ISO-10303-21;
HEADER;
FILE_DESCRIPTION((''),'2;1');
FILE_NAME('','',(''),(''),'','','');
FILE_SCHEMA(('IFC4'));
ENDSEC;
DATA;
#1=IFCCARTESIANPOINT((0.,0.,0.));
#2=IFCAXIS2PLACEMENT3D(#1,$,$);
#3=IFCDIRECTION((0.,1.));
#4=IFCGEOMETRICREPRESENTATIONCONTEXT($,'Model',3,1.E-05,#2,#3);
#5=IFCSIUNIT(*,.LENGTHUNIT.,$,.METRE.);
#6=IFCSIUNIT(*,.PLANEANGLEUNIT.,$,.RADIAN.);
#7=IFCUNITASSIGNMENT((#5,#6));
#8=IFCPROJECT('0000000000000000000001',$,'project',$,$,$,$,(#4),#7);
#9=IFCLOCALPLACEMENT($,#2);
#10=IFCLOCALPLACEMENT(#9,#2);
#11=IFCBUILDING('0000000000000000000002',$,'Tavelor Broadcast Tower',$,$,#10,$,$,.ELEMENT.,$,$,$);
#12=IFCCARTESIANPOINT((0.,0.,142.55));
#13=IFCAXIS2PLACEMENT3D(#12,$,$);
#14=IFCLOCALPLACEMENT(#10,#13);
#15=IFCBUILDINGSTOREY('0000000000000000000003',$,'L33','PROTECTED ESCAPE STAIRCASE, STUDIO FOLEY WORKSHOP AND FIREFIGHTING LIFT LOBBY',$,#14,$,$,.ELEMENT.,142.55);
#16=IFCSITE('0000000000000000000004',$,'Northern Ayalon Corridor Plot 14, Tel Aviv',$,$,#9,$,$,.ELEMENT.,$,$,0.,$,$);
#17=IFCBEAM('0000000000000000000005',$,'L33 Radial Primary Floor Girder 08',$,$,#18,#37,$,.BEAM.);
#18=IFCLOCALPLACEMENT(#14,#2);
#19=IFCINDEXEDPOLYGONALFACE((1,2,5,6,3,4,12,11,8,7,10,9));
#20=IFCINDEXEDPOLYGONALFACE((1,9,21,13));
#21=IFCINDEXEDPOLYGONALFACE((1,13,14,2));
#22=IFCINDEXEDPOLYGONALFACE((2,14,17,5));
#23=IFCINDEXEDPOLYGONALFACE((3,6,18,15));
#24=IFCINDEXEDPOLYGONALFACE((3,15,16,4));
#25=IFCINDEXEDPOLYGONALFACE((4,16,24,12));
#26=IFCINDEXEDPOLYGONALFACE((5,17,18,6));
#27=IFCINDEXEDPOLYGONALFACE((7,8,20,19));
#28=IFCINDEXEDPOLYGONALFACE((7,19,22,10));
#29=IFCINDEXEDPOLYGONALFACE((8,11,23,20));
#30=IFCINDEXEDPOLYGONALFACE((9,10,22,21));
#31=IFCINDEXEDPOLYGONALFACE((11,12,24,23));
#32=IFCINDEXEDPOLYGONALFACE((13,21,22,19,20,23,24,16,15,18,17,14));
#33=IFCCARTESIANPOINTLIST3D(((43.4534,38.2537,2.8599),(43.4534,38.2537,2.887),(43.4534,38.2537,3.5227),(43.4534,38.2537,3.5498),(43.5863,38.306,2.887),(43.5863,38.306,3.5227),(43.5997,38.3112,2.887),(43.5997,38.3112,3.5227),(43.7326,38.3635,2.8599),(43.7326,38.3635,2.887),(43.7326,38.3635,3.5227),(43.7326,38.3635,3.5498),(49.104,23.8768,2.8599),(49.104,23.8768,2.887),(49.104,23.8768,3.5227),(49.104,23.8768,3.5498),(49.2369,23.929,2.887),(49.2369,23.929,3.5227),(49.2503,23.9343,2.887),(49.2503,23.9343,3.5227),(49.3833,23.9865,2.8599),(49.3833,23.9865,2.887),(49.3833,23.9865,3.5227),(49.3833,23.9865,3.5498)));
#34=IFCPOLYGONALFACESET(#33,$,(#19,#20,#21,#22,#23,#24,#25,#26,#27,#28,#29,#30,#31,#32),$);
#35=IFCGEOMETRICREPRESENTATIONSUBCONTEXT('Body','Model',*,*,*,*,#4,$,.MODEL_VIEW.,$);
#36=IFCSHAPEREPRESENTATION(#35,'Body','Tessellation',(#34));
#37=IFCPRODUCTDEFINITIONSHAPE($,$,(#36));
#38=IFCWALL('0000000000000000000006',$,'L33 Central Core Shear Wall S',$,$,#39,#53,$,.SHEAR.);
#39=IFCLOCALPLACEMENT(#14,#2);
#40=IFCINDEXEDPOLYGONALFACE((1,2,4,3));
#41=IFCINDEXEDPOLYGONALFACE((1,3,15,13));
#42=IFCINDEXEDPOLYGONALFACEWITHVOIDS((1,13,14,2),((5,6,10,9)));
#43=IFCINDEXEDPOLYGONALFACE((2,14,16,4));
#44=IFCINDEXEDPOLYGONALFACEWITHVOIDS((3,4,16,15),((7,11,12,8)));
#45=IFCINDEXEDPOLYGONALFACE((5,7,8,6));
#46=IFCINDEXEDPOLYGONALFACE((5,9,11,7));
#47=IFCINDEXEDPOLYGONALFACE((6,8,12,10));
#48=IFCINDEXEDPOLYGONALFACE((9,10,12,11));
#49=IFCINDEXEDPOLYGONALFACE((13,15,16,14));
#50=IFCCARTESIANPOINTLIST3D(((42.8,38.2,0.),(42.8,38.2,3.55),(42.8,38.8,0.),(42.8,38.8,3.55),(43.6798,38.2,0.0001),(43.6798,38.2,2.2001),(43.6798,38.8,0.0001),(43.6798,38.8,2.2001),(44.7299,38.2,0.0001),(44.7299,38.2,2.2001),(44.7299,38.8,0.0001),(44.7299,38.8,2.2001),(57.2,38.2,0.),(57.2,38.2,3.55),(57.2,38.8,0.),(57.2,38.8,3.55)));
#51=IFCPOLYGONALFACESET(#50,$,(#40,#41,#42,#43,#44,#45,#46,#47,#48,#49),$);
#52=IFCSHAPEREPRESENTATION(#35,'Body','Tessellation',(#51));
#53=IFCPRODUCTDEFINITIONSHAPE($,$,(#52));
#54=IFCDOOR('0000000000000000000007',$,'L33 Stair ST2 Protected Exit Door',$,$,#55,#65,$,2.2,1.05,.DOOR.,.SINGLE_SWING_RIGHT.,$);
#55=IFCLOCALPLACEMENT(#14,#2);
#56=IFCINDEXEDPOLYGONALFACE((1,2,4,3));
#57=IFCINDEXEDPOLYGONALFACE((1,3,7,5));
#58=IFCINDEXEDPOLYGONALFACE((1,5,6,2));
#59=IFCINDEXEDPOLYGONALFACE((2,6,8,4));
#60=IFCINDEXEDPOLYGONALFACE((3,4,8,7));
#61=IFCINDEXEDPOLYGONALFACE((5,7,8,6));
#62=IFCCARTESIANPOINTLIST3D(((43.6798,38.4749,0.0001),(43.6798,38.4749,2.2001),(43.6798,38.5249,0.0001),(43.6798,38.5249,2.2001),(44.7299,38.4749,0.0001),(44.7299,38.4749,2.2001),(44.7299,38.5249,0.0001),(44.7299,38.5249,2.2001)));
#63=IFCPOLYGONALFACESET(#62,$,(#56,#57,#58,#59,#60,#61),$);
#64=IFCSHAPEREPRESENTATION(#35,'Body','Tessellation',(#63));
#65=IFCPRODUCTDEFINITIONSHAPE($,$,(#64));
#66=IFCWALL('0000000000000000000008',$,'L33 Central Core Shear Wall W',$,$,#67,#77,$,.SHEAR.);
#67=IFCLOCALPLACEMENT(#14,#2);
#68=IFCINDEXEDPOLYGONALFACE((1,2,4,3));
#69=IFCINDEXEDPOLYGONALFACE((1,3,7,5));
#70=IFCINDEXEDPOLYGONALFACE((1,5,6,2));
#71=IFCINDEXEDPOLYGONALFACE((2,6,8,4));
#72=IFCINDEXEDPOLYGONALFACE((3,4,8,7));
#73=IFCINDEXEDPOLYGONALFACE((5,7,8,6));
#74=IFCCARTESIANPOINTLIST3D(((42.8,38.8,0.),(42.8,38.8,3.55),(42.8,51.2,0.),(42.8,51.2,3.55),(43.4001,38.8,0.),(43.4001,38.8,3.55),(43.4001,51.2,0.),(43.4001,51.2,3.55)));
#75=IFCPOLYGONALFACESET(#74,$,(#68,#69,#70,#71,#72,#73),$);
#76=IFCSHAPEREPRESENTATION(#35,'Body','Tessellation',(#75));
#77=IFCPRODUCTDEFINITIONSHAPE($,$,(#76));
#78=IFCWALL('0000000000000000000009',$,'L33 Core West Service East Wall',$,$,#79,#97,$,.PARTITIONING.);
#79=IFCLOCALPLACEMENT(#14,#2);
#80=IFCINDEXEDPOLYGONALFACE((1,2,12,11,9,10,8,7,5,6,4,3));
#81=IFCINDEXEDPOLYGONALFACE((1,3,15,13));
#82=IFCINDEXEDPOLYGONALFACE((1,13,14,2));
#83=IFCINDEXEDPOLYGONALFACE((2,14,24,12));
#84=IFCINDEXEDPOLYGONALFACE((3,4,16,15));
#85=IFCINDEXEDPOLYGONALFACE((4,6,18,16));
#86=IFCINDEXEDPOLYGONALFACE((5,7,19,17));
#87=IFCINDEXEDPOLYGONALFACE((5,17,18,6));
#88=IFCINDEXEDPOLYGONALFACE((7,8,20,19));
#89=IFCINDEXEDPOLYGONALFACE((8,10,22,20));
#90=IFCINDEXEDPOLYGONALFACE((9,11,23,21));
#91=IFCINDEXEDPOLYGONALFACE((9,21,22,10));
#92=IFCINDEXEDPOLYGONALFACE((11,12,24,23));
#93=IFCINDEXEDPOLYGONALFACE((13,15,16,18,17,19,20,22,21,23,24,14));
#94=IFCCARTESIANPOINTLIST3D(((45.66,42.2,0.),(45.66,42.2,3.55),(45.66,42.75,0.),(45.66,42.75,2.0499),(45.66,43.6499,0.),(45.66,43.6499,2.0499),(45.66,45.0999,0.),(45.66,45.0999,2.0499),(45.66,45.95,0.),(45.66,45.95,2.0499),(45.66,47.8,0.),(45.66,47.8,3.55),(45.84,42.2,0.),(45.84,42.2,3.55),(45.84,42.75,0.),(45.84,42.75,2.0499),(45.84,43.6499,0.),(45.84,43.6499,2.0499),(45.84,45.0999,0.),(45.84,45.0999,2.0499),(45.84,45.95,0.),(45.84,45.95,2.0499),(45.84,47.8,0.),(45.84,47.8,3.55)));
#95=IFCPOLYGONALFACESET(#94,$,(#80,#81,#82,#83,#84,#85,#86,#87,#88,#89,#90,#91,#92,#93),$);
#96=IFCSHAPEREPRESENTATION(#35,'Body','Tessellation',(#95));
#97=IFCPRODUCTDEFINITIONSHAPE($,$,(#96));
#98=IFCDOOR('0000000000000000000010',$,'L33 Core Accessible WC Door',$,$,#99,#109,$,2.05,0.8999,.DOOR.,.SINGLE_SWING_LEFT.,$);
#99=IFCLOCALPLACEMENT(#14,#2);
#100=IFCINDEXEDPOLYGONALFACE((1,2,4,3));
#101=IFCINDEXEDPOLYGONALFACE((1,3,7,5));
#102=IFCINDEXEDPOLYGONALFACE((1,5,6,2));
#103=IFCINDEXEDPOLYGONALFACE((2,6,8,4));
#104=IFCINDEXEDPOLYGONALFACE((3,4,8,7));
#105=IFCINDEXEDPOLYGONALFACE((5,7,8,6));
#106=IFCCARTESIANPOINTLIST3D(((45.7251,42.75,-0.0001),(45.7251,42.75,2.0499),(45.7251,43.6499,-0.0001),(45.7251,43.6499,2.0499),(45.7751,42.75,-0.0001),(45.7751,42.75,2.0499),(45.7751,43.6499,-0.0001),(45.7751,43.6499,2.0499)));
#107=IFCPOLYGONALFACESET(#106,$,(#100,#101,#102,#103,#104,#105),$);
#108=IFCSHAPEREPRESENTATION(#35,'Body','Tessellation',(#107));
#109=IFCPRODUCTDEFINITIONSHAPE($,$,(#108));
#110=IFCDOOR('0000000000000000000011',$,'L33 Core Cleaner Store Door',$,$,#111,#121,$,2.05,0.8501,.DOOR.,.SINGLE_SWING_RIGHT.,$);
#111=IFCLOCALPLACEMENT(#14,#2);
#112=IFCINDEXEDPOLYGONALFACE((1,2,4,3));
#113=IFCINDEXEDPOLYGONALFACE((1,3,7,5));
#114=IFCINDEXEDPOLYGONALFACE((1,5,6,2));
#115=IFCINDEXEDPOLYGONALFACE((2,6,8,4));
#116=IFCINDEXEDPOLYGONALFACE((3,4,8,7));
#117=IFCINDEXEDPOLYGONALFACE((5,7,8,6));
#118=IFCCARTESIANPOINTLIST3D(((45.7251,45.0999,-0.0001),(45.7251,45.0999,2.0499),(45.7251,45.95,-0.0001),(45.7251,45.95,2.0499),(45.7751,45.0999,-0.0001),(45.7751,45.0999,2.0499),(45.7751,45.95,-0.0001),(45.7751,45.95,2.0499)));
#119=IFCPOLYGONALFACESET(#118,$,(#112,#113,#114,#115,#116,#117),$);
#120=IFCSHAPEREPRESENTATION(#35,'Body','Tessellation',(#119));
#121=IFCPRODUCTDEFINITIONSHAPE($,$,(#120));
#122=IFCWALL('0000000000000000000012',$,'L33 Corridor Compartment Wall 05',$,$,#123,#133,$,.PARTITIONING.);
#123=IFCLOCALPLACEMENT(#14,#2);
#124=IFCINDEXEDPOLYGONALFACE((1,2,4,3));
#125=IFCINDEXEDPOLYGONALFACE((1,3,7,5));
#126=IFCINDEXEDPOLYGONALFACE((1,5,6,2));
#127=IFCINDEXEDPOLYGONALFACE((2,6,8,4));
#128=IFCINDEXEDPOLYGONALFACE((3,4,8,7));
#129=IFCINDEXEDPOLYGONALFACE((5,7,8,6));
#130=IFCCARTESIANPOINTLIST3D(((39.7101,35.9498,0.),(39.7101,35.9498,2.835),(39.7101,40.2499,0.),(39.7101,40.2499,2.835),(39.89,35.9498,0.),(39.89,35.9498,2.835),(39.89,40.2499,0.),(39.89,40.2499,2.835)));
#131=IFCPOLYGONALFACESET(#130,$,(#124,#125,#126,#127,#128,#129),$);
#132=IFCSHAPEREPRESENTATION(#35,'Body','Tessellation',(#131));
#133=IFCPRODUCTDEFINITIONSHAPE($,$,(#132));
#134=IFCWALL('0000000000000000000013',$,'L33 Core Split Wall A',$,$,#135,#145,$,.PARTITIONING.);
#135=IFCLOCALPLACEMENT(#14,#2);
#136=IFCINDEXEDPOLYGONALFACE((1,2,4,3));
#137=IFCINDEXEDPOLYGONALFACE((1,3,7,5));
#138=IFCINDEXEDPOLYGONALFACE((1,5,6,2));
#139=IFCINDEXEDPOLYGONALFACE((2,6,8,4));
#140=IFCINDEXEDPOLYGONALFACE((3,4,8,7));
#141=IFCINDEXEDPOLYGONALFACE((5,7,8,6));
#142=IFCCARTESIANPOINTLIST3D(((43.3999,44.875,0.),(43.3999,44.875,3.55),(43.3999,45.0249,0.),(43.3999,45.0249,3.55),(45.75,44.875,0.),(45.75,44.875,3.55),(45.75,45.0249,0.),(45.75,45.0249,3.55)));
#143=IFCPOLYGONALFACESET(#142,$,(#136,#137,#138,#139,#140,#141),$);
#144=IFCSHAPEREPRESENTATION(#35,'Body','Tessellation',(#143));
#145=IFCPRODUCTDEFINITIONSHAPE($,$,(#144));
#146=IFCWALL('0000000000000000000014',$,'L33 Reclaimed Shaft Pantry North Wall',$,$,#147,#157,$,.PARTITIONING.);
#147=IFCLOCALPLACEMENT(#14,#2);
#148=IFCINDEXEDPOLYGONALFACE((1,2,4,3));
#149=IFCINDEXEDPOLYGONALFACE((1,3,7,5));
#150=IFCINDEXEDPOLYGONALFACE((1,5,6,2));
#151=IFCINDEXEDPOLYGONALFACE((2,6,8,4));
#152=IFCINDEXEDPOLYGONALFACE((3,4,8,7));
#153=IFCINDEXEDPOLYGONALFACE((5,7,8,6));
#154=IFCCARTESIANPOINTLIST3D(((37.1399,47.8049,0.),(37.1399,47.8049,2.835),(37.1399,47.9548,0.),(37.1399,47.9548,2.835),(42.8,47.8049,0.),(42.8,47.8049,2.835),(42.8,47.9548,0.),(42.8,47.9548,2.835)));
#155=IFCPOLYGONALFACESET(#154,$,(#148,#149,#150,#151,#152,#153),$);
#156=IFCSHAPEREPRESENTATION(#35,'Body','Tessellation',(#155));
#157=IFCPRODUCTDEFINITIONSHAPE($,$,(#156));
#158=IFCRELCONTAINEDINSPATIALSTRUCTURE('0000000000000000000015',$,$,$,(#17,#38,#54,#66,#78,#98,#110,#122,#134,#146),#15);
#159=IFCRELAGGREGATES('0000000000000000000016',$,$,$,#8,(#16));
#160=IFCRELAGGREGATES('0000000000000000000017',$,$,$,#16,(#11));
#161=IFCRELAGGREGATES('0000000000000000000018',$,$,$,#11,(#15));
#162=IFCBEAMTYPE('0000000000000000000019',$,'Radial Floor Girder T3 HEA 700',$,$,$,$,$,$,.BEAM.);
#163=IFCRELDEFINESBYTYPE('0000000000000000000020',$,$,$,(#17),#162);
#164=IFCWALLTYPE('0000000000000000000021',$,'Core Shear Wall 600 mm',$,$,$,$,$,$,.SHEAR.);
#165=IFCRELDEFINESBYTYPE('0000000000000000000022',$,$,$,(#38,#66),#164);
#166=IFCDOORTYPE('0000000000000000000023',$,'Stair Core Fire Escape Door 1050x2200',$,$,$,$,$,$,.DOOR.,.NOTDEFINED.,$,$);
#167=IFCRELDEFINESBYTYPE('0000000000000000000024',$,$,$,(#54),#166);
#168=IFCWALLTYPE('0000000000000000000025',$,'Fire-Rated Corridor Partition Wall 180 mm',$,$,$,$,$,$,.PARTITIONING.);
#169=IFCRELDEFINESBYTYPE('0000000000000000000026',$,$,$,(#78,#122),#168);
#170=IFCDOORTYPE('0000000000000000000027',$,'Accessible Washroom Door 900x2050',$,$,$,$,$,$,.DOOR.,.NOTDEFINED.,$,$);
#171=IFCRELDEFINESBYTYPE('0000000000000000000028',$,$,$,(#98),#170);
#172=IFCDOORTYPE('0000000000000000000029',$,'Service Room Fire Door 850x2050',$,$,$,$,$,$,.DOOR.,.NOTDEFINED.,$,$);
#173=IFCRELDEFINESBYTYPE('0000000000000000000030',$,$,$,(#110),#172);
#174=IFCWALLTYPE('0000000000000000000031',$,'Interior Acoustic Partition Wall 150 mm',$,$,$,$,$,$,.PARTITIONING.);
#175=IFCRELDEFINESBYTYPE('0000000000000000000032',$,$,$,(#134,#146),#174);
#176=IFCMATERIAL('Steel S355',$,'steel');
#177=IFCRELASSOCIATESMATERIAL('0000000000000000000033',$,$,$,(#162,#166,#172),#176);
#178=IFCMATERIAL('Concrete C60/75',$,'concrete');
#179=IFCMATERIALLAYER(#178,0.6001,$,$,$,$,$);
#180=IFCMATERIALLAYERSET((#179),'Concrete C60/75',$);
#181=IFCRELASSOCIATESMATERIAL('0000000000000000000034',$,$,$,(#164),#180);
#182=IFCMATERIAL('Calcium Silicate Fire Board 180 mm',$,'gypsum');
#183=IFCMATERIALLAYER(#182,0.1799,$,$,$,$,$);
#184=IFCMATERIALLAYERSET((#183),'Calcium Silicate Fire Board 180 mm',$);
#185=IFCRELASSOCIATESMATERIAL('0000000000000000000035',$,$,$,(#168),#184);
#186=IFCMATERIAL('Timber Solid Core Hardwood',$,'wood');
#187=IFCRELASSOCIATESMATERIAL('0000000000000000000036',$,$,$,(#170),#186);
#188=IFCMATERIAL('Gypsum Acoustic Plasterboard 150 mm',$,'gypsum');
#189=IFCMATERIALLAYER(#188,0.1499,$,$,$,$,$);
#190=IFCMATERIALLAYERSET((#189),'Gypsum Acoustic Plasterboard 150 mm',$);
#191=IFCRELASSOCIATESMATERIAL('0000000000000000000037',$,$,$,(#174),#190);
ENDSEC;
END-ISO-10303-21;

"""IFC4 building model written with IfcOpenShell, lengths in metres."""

from ifc_helpers import new_model, si_unit, direction, frame, frame_2d, origin, origin_2d, place, context, subcontext, project, spatial, rectangle, i_section, extrude, material, layer, layer_set, material_profile, profile_set, type_object, element, fill, save


model = new_model("IFC4")

# Units and contexts
model_context = context("Model", 3, precision=1e-05, world=origin(), true_north=direction((0.0, 1.0)))
body_context = subcontext(model_context, "Body", "Model", "MODEL_VIEW")
ifc_project = project(units=[si_unit("LENGTHUNIT", "METRE"), si_unit("PLANEANGLEUNIT", "RADIAN")], contexts=[model_context])

# Site, building, storey
site_placement = place(None, origin())
site = spatial("IfcSite", under=ifc_project, at=site_placement, Name="Northern Ayalon Corridor Plot 14, Tel Aviv", CompositionType="ELEMENT", RefElevation=0.0)
building_placement = place(site_placement, origin())
building = spatial("IfcBuilding", under=site, at=building_placement, Name="Tavelor Broadcast Tower", CompositionType="ELEMENT")
storey_placement = place(building_placement, frame((0.0, 0.0, 142.55)))
storey = spatial("IfcBuildingStorey", under=building, at=storey_placement, Name="L33", Description="PROTECTED ESCAPE STAIRCASE, STUDIO FOLEY WORKSHOP AND FIREFIGHTING LIFT LOBBY", CompositionType="ELEMENT", Elevation=142.55)

# Shared definitions
ifc_material_1 = material(Name="Concrete C60/75", Category="concrete")

# Beam
ifc_material_2 = material(Name="Steel S355", Category="steel")
ifc_material_profile_1 = material_profile(ifc_material_2, i_section(OverallWidth=0.3, OverallDepth=0.6899, WebThickness=0.0144, FlangeThickness=0.0271, at=origin_2d()), Name="HEA 700")
ifc_profile_set_1 = profile_set([ifc_material_profile_1], Name="Steel S355")
beam_type_1 = type_object("IfcBeamType", Name="Radial Floor Girder T3 HEA 700", PredefinedType="BEAM", material=ifc_profile_set_1)
beam_1_placement = place(storey_placement, frame((43.593, 38.3086, 3.2048), z_axis=(0.365795, -0.930695, 0.0), x_axis=(0.930695, 0.365795, 0.0)))
element("IfcBeam", 1, at=beam_1_placement, inside=storey, type_object=beam_type_1, Name="L33 Radial Primary Floor Girder 08", PredefinedType="BEAM", context=body_context, shape_type="SweptSolid", body=[
    extrude(i_section(OverallWidth=0.3, OverallDepth=0.6899, WebThickness=0.0144, FlangeThickness=0.0271, at=origin_2d()), origin(), (0.0, 0.0, 1.0), 15.4475),
])

# Wall, opening, door
ifc_layer_1 = layer(ifc_material_1, 0.6001)
ifc_layer_set_1 = layer_set([ifc_layer_1], Name="Concrete C60/75")
wall_type_1 = type_object("IfcWallType", Name="Core Shear Wall 600 mm", PredefinedType="SHEAR", material=ifc_layer_set_1)
wall_1_placement = place(storey_placement, frame((42.8, 38.5, 0.0), z_axis=(0.0, 0.0, 1.0), x_axis=(1.0, 0.0, 0.0)))
wall_1 = element("IfcWall", 2, at=wall_1_placement, inside=storey, type_object=wall_type_1, Name="L33 Central Core Shear Wall S", PredefinedType="SHEAR", context=body_context, shape_type="SweptSolid", body=[
    extrude(rectangle(XDim=14.3999, YDim=0.6001, at=frame_2d((7.2, 0.0))), origin(), (0.0, 0.0, 1.0), 3.55),
])
opening_1_placement = place(wall_1_placement, frame((0.8799, 0.0, 0.0)))
opening_1 = element("IfcOpeningElement", 3, at=opening_1_placement, cuts=wall_1, PredefinedType="OPENING", context=body_context, shape_type="SweptSolid", body=[
    extrude(rectangle(XDim=1.05, YDim=2.2, at=frame_2d((0.5249, 1.1001))), frame((0.0, 0.3101, 0.0), z_axis=(0.0, -1.0, 0.0), x_axis=(1.0, 0.0, 0.0)), (0.0, 0.0, 1.0), 0.6201),
])
door_type_1 = type_object("IfcDoorType", Name="Stair Core Fire Escape Door 1050x2200", OperationType="NOTDEFINED", PredefinedType="DOOR", material=ifc_material_2)
door_1_placement = place(opening_1_placement, origin())
door_1 = element("IfcDoor", 4, at=door_1_placement, inside=storey, type_object=door_type_1, Name="L33 Stair ST2 Protected Exit Door", OperationType="SINGLE_SWING_RIGHT", OverallHeight=2.2, OverallWidth=1.05, PredefinedType="DOOR", context=body_context, shape_type="SweptSolid", body=[
    extrude(rectangle(XDim=1.05, YDim=2.2, at=frame_2d((0.5249, 1.1001))), frame((0.0, 0.0249, 0.0), z_axis=(0.0, -1.0, 0.0), x_axis=(1.0, 0.0, 0.0)), (0.0, 0.0, 1.0), 0.05),
])
fill(opening_1, door_1)

# Wall
wall_2_placement = place(storey_placement, frame((43.1001, 38.8, 0.0), z_axis=(0.0, 0.0, 1.0), x_axis=(0.0, 1.0, 0.0)))
element("IfcWall", 5, at=wall_2_placement, inside=storey, type_object=wall_type_1, Name="L33 Central Core Shear Wall W", PredefinedType="SHEAR", context=body_context, shape_type="SweptSolid", body=[
    extrude(rectangle(XDim=12.3999, YDim=0.6001, at=frame_2d((6.2, 0.0))), origin(), (0.0, 0.0, 1.0), 3.55),
])

# Wall, openings, doors
ifc_material_3 = material(Name="Calcium Silicate Fire Board 180 mm", Category="gypsum")
ifc_layer_2 = layer(ifc_material_3, 0.1799)
ifc_layer_set_2 = layer_set([ifc_layer_2], Name="Calcium Silicate Fire Board 180 mm")
wall_type_2 = type_object("IfcWallType", Name="Fire-Rated Corridor Partition Wall 180 mm", PredefinedType="PARTITIONING", material=ifc_layer_set_2)
wall_3_placement = place(storey_placement, frame((45.75, 42.2, 0.0), z_axis=(0.0, 0.0, 1.0), x_axis=(0.0, 1.0, 0.0)))
wall_3 = element("IfcWall", 6, at=wall_3_placement, inside=storey, type_object=wall_type_2, Name="L33 Core West Service East Wall", PredefinedType="PARTITIONING", context=body_context, shape_type="SweptSolid", body=[
    extrude(rectangle(XDim=5.6001, YDim=0.1799, at=frame_2d((2.8, 0.0))), origin(), (0.0, 0.0, 1.0), 3.55),
])
opening_2_placement = place(wall_3_placement, frame((0.55, 0.0, 0.0)))
opening_2 = element("IfcOpeningElement", 7, at=opening_2_placement, cuts=wall_3, PredefinedType="OPENING", context=body_context, shape_type="SweptSolid", body=[
    extrude(rectangle(XDim=0.8999, YDim=2.05, at=frame_2d((0.45, 1.0249))), frame((0.0, 0.1001, 0.0), z_axis=(0.0, -1.0, 0.0), x_axis=(1.0, 0.0, 0.0)), (0.0, 0.0, 1.0), 0.2),
])
opening_3_placement = place(wall_3_placement, frame((2.8999, 0.0, 0.0)))
opening_3 = element("IfcOpeningElement", 8, at=opening_3_placement, cuts=wall_3, PredefinedType="OPENING", context=body_context, shape_type="SweptSolid", body=[
    extrude(rectangle(XDim=0.8501, YDim=2.05, at=frame_2d((0.425, 1.0249))), frame((0.0, 0.1001, 0.0), z_axis=(0.0, -1.0, 0.0), x_axis=(1.0, 0.0, 0.0)), (0.0, 0.0, 1.0), 0.2),
])
ifc_material_4 = material(Name="Timber Solid Core Hardwood", Category="wood")
door_type_2 = type_object("IfcDoorType", Name="Accessible Washroom Door 900x2050", OperationType="NOTDEFINED", PredefinedType="DOOR", material=ifc_material_4)
door_2_placement = place(opening_2_placement, origin())
door_2 = element("IfcDoor", 9, at=door_2_placement, inside=storey, type_object=door_type_2, Name="L33 Core Accessible WC Door", OperationType="SINGLE_SWING_LEFT", OverallHeight=2.05, OverallWidth=0.8999, PredefinedType="DOOR", context=body_context, shape_type="SweptSolid", body=[
    extrude(rectangle(XDim=0.8999, YDim=2.05, at=frame_2d((0.45, 1.0249))), frame((0.0, 0.0249, 0.0), z_axis=(0.0, -1.0, 0.0), x_axis=(1.0, 0.0, 0.0)), (0.0, 0.0, 1.0), 0.05),
])
fill(opening_2, door_2)
door_type_3 = type_object("IfcDoorType", Name="Service Room Fire Door 850x2050", OperationType="NOTDEFINED", PredefinedType="DOOR", material=ifc_material_2)
door_3_placement = place(opening_3_placement, origin())
door_3 = element("IfcDoor", 10, at=door_3_placement, inside=storey, type_object=door_type_3, Name="L33 Core Cleaner Store Door", OperationType="SINGLE_SWING_RIGHT", OverallHeight=2.05, OverallWidth=0.8501, PredefinedType="DOOR", context=body_context, shape_type="SweptSolid", body=[
    extrude(rectangle(XDim=0.8501, YDim=2.05, at=frame_2d((0.425, 1.0249))), frame((0.0, 0.0249, 0.0), z_axis=(0.0, -1.0, 0.0), x_axis=(1.0, 0.0, 0.0)), (0.0, 0.0, 1.0), 0.05),
])
fill(opening_3, door_3)

# Walls
wall_4_placement = place(storey_placement, frame((39.8, 35.95, 0.0), z_axis=(0.0, 0.0, 1.0), x_axis=(0.0, 1.0, 0.0)))
element("IfcWall", 11, at=wall_4_placement, inside=storey, type_object=wall_type_2, Name="L33 Corridor Compartment Wall 05", PredefinedType="PARTITIONING", context=body_context, shape_type="SweptSolid", body=[
    extrude(rectangle(XDim=4.3, YDim=0.1799, at=frame_2d((2.1499, 0.0))), origin(), (0.0, 0.0, 1.0), 2.835),
])
ifc_material_5 = material(Name="Gypsum Acoustic Plasterboard 150 mm", Category="gypsum")
ifc_layer_3 = layer(ifc_material_5, 0.1499)
ifc_layer_set_3 = layer_set([ifc_layer_3], Name="Gypsum Acoustic Plasterboard 150 mm")
wall_type_3 = type_object("IfcWallType", Name="Interior Acoustic Partition Wall 150 mm", PredefinedType="PARTITIONING", material=ifc_layer_set_3)
wall_5_placement = place(storey_placement, frame((43.3999, 44.95, 0.0), z_axis=(0.0, 0.0, 1.0), x_axis=(1.0, 0.0, 0.0)))
element("IfcWall", 12, at=wall_5_placement, inside=storey, type_object=wall_type_3, Name="L33 Core Split Wall A", PredefinedType="PARTITIONING", context=body_context, shape_type="SweptSolid", body=[
    extrude(rectangle(XDim=2.3501, YDim=0.1499, at=frame_2d((1.175, 0.0))), origin(), (0.0, 0.0, 1.0), 3.55),
])
wall_6_placement = place(storey_placement, frame((37.1399, 47.8799, 0.0), z_axis=(0.0, 0.0, 1.0), x_axis=(1.0, 0.0, 0.0)))
element("IfcWall", 13, at=wall_6_placement, inside=storey, type_object=wall_type_3, Name="L33 Reclaimed Shaft Pantry North Wall", PredefinedType="PARTITIONING", context=body_context, shape_type="SweptSolid", body=[
    extrude(rectangle(XDim=5.6602, YDim=0.1499, at=frame_2d((2.8301, 0.0))), origin(), (0.0, 0.0, 1.0), 2.835),
])

save(model, "model.ifc")
